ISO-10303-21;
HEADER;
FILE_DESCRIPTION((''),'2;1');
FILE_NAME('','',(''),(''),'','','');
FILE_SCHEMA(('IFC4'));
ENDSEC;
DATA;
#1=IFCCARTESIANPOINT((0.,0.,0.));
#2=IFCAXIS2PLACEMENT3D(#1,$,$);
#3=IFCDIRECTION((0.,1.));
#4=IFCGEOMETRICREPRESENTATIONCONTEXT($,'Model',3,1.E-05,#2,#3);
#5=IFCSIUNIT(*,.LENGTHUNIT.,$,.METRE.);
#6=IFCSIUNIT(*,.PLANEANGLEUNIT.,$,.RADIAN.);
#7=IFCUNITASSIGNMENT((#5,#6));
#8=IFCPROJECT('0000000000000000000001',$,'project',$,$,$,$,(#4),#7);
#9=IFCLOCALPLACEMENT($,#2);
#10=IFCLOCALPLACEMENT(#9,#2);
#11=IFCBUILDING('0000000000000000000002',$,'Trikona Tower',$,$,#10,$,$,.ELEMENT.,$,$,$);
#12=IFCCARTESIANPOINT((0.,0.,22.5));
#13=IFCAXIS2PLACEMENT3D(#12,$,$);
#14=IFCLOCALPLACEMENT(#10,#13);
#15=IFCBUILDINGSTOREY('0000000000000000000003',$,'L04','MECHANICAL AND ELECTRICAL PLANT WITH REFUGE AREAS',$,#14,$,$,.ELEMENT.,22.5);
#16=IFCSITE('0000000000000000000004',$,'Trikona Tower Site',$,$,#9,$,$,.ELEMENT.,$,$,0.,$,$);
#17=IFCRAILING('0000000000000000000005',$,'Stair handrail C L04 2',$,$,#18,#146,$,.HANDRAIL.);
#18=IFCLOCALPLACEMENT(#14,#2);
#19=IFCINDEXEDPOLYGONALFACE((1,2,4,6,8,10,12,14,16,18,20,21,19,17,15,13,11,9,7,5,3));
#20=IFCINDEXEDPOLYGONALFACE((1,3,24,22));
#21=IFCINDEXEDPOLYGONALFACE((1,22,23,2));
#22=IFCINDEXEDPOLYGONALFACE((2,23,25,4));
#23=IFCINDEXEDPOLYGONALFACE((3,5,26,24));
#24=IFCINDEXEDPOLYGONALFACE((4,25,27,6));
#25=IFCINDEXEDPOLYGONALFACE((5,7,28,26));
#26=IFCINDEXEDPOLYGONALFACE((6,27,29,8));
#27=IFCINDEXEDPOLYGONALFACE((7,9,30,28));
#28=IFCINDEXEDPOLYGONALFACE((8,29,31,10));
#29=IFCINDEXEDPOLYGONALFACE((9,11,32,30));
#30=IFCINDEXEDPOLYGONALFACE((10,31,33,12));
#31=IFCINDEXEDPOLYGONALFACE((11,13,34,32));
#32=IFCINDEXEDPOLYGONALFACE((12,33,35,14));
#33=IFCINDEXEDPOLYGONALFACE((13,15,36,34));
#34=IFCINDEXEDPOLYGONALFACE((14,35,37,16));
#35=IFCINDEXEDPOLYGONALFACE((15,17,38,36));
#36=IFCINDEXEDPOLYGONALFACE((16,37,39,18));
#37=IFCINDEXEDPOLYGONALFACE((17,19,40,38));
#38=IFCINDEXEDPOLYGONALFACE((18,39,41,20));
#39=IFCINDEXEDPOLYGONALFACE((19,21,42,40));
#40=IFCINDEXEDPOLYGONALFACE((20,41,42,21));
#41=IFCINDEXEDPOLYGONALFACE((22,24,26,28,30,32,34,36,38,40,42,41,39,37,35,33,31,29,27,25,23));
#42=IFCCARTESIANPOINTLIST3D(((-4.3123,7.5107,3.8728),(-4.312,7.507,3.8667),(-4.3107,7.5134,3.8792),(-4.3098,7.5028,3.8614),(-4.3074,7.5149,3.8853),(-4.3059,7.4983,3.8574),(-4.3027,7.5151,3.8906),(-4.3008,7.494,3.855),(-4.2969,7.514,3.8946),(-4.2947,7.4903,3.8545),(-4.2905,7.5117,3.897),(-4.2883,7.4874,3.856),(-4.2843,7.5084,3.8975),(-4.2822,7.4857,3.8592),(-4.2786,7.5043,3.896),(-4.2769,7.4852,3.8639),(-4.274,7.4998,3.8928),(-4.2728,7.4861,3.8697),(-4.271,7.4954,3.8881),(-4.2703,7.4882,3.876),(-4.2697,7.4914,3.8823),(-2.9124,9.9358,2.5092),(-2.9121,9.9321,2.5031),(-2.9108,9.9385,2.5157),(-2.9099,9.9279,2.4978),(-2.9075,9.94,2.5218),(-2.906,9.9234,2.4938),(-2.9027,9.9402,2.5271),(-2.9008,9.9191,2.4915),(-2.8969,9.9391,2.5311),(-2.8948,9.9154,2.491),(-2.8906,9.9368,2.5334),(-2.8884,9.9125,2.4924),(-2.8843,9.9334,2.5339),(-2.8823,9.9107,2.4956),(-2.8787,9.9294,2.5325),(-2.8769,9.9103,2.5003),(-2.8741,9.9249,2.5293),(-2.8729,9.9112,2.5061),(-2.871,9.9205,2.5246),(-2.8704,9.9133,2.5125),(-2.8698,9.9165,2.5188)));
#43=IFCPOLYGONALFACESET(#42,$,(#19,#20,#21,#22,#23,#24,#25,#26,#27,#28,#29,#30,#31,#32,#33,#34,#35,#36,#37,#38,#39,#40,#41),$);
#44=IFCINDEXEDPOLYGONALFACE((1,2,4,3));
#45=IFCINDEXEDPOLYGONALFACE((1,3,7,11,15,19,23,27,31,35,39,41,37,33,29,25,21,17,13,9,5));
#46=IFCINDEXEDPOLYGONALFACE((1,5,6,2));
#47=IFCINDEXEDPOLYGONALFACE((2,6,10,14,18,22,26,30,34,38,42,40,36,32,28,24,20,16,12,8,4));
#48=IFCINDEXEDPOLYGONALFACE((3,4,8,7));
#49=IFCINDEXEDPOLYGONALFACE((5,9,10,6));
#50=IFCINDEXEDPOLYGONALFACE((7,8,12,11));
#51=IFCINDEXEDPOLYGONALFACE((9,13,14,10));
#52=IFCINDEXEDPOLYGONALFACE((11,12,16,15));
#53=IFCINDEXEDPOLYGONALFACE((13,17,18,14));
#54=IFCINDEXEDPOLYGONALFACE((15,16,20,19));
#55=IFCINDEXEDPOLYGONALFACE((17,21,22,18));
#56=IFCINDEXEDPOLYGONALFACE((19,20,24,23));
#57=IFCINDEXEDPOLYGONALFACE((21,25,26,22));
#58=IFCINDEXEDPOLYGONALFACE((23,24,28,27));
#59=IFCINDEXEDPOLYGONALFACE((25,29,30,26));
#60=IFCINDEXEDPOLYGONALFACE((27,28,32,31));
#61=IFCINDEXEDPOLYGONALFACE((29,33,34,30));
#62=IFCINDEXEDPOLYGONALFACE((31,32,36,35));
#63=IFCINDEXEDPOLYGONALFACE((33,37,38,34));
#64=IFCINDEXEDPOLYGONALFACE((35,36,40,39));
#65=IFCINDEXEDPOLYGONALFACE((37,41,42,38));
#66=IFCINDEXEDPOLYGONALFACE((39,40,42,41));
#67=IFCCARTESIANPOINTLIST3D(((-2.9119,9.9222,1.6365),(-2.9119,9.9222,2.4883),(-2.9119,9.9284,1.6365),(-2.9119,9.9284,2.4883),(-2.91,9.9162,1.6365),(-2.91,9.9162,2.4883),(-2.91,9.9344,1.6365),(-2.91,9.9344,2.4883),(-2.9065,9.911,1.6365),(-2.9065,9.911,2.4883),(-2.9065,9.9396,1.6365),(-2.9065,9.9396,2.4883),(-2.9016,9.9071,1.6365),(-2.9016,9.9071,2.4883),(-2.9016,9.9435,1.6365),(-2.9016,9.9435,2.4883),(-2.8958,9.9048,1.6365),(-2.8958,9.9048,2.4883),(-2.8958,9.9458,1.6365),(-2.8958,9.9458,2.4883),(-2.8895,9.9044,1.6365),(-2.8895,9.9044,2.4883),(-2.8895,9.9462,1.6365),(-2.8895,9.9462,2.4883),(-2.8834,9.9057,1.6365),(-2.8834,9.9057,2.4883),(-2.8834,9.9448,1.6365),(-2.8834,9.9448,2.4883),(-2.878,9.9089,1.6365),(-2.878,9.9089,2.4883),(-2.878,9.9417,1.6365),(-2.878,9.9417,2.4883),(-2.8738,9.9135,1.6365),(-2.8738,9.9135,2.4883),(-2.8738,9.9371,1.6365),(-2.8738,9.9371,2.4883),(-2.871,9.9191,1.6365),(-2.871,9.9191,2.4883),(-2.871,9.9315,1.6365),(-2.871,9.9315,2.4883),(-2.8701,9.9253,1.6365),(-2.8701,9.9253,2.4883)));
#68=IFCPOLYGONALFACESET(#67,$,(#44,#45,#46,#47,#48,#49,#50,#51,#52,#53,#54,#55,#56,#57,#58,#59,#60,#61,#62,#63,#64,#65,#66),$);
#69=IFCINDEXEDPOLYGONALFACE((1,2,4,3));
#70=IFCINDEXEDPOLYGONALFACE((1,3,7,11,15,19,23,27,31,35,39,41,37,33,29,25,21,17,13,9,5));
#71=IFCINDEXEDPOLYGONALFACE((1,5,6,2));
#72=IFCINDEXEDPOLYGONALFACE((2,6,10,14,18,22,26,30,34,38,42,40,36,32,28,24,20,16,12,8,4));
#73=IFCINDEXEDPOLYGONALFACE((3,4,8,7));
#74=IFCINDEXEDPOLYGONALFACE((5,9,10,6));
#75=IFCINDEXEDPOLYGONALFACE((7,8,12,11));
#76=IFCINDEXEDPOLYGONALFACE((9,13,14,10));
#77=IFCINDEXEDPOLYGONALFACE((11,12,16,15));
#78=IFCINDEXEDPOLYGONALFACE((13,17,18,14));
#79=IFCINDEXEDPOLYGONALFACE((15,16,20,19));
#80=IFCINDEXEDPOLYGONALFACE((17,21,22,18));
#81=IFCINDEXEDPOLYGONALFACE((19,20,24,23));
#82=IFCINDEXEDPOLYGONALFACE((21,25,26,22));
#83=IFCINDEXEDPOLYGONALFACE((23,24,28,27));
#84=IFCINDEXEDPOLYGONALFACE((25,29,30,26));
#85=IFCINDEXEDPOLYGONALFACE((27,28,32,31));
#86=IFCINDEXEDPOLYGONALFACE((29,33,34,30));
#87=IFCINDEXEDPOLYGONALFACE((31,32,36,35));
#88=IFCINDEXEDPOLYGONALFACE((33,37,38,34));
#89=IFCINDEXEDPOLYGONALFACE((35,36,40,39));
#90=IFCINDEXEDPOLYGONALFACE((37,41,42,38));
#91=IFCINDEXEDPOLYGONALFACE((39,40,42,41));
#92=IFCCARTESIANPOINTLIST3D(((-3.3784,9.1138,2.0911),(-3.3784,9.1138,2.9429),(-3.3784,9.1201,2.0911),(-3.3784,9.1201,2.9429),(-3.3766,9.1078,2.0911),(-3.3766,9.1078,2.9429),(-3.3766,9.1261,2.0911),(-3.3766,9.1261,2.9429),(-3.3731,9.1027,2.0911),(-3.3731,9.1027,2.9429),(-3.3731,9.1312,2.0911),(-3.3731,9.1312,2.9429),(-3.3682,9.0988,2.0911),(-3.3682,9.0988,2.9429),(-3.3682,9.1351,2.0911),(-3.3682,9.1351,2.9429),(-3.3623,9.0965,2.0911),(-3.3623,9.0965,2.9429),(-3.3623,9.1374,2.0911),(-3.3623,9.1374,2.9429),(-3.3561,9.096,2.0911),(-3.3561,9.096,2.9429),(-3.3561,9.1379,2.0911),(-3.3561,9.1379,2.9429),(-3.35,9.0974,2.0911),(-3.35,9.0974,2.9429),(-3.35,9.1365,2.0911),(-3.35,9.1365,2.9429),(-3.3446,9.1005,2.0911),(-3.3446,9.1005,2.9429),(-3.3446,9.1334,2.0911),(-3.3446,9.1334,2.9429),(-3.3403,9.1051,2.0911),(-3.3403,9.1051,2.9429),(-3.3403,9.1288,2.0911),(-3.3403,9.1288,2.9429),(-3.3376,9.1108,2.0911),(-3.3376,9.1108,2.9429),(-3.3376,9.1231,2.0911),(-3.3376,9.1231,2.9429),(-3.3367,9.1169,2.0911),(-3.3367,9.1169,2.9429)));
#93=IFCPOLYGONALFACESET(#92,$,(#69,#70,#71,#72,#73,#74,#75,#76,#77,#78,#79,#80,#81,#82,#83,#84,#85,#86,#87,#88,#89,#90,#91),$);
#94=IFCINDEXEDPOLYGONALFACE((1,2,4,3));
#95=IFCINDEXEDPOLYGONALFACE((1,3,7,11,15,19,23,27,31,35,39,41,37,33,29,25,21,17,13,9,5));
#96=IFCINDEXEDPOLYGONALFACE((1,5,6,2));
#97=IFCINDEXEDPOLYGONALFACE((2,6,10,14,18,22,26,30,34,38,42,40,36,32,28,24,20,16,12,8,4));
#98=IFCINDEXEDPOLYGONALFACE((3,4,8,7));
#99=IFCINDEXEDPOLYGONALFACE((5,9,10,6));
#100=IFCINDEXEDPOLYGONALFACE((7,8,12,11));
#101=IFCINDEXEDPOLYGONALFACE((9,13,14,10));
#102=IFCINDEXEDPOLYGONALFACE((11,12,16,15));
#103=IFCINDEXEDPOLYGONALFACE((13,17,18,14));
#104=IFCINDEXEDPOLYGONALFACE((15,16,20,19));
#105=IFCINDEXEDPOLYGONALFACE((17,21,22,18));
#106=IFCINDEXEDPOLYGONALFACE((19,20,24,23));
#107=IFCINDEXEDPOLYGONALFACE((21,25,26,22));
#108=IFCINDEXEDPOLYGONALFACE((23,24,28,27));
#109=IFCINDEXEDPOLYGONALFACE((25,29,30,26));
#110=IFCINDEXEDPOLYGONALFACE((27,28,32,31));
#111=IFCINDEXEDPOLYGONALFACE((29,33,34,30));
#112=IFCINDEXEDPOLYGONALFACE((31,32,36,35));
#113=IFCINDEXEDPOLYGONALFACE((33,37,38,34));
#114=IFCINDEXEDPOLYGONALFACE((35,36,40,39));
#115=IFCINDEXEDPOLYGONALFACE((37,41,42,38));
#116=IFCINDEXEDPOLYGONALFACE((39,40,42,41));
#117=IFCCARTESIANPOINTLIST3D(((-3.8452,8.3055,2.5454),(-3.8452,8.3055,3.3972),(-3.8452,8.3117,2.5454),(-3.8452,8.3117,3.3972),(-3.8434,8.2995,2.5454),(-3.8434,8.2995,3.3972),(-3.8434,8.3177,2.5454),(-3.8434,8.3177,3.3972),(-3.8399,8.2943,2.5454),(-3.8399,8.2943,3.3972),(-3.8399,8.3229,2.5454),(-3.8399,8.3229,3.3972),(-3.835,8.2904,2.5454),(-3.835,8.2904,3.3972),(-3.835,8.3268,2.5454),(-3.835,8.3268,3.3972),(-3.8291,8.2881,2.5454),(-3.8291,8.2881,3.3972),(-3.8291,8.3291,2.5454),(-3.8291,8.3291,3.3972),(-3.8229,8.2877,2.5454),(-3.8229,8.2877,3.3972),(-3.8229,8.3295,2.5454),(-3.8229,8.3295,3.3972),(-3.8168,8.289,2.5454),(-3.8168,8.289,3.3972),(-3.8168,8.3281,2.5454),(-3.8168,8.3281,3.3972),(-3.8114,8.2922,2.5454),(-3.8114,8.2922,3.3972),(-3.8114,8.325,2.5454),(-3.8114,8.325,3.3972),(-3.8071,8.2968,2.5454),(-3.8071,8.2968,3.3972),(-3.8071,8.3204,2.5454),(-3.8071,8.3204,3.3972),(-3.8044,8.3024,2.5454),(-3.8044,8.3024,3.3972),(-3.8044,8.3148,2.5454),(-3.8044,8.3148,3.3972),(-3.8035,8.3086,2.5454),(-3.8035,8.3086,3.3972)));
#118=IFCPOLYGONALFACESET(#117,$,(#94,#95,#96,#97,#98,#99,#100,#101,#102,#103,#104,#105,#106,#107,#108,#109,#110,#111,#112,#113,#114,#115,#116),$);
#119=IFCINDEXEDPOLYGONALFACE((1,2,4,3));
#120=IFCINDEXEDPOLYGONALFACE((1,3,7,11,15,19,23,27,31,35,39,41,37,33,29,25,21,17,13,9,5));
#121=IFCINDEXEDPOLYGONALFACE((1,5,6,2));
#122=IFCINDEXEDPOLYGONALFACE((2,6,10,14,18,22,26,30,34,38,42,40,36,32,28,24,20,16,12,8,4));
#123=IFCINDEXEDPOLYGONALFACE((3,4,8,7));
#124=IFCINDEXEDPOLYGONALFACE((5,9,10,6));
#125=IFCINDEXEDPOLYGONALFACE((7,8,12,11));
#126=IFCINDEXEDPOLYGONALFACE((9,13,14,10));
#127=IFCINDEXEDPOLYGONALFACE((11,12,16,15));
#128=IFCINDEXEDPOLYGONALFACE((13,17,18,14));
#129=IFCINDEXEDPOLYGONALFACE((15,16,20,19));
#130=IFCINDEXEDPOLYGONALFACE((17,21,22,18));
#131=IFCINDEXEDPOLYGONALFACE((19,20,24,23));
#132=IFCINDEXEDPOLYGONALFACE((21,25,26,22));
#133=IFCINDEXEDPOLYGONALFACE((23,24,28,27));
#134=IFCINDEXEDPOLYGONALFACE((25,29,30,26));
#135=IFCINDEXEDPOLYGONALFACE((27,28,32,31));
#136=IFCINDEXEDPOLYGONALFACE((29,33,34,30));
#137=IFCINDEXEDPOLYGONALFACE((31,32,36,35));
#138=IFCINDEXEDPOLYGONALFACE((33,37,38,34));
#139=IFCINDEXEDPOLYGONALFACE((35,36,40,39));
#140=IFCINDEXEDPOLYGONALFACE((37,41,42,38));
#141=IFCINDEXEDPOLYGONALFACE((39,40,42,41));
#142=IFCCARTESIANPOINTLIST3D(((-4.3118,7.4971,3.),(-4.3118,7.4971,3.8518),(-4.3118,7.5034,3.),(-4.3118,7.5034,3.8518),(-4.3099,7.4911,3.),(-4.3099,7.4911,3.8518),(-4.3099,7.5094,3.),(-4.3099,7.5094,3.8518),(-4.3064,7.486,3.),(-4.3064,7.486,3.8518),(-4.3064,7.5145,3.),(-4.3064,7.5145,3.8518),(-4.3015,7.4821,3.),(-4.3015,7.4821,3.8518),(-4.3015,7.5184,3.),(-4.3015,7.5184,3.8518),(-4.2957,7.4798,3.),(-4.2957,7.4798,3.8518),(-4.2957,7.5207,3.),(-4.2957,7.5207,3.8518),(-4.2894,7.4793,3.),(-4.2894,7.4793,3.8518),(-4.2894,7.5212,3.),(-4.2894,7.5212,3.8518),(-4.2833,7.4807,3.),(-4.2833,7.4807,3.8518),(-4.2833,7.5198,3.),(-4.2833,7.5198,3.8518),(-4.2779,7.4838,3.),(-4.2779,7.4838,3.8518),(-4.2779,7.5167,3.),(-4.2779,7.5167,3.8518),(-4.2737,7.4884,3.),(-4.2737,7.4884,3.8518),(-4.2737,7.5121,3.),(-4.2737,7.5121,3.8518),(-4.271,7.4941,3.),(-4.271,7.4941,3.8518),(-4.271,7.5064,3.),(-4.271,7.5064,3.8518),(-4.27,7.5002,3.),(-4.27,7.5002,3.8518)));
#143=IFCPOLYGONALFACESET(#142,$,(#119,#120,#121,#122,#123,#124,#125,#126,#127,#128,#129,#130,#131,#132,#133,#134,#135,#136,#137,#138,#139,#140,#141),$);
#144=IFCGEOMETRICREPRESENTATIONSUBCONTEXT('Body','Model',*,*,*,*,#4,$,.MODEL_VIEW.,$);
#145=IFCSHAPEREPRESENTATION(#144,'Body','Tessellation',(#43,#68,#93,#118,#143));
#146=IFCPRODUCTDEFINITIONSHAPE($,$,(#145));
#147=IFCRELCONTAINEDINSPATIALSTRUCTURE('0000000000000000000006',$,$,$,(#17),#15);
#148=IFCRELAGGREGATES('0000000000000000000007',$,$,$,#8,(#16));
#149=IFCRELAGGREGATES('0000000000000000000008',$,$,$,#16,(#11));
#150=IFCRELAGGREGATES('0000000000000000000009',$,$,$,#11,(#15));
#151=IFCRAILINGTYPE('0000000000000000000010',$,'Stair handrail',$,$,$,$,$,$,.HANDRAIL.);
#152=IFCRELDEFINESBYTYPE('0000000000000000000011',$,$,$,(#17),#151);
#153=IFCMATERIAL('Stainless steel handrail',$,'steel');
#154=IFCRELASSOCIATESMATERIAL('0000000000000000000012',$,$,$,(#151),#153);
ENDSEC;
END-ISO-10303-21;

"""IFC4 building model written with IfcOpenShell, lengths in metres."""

from ifc_helpers import new_model, si_unit, direction, frame, origin, origin_2d, place, context, subcontext, project, spatial, circle, extrude, material, type_object, element, save


model = new_model("IFC4")

# Units and contexts
model_context = context("Model", 3, precision=1e-05, world=origin(), true_north=direction((0.0, 1.0)))
body_context = subcontext(model_context, "Body", "Model", "MODEL_VIEW")
ifc_project = project(units=[si_unit("LENGTHUNIT", "METRE"), si_unit("PLANEANGLEUNIT", "RADIAN")], contexts=[model_context])

# Site, building, storey
site_placement = place(None, origin())
site = spatial("IfcSite", under=ifc_project, at=site_placement, Name="Trikona Tower Site", CompositionType="ELEMENT", RefElevation=0.0)
building_placement = place(site_placement, origin())
building = spatial("IfcBuilding", under=site, at=building_placement, Name="Trikona Tower", CompositionType="ELEMENT")
storey_placement = place(building_placement, frame((0.0, 0.0, 22.5)))
storey = spatial("IfcBuildingStorey", under=building, at=storey_placement, Name="L04", Description="MECHANICAL AND ELECTRICAL PLANT WITH REFUGE AREAS", CompositionType="ELEMENT", Elevation=22.5)

# Railing
ifc_material_1 = material(Name="Stainless steel handrail", Category="steel")
railing_type = type_object("IfcRailingType", Name="Stair handrail", PredefinedType="HANDRAIL", material=ifc_material_1)
railing_1_placement = place(storey_placement, frame((-2.8911, 9.9253, 1.6365)))
element("IfcRailing", 1, at=railing_1_placement, inside=storey, type_object=railing_type, Name="Stair handrail C L04 2", PredefinedType="HANDRAIL", context=body_context, shape_type="SweptSolid", body=[
    extrude(circle(Radius=0.0239, at=origin_2d()), frame((0.0, 0.0, 0.876), z_axis=(-0.449486, -0.778645, 0.437806), x_axis=(0.866056, -0.499946, 0.0)), (0.0, 0.0, 1.0), 3.1145),
    extrude(circle(Radius=0.021, at=origin_2d()), origin(), (0.0, 0.0, 1.0), 0.8518),
    extrude(circle(Radius=0.021, at=origin_2d()), frame((-0.4666, -0.8083, 0.4546)), (0.0, 0.0, 1.0), 0.8518),
    extrude(circle(Radius=0.021, at=origin_2d()), frame((-0.9333, -1.6167, 0.9089)), (0.0, 0.0, 1.0), 0.8518),
    extrude(circle(Radius=0.021, at=origin_2d()), frame((-1.3999, -2.425, 1.3635)), (0.0, 0.0, 1.0), 0.8518),
])

save(model, "model.ifc")
